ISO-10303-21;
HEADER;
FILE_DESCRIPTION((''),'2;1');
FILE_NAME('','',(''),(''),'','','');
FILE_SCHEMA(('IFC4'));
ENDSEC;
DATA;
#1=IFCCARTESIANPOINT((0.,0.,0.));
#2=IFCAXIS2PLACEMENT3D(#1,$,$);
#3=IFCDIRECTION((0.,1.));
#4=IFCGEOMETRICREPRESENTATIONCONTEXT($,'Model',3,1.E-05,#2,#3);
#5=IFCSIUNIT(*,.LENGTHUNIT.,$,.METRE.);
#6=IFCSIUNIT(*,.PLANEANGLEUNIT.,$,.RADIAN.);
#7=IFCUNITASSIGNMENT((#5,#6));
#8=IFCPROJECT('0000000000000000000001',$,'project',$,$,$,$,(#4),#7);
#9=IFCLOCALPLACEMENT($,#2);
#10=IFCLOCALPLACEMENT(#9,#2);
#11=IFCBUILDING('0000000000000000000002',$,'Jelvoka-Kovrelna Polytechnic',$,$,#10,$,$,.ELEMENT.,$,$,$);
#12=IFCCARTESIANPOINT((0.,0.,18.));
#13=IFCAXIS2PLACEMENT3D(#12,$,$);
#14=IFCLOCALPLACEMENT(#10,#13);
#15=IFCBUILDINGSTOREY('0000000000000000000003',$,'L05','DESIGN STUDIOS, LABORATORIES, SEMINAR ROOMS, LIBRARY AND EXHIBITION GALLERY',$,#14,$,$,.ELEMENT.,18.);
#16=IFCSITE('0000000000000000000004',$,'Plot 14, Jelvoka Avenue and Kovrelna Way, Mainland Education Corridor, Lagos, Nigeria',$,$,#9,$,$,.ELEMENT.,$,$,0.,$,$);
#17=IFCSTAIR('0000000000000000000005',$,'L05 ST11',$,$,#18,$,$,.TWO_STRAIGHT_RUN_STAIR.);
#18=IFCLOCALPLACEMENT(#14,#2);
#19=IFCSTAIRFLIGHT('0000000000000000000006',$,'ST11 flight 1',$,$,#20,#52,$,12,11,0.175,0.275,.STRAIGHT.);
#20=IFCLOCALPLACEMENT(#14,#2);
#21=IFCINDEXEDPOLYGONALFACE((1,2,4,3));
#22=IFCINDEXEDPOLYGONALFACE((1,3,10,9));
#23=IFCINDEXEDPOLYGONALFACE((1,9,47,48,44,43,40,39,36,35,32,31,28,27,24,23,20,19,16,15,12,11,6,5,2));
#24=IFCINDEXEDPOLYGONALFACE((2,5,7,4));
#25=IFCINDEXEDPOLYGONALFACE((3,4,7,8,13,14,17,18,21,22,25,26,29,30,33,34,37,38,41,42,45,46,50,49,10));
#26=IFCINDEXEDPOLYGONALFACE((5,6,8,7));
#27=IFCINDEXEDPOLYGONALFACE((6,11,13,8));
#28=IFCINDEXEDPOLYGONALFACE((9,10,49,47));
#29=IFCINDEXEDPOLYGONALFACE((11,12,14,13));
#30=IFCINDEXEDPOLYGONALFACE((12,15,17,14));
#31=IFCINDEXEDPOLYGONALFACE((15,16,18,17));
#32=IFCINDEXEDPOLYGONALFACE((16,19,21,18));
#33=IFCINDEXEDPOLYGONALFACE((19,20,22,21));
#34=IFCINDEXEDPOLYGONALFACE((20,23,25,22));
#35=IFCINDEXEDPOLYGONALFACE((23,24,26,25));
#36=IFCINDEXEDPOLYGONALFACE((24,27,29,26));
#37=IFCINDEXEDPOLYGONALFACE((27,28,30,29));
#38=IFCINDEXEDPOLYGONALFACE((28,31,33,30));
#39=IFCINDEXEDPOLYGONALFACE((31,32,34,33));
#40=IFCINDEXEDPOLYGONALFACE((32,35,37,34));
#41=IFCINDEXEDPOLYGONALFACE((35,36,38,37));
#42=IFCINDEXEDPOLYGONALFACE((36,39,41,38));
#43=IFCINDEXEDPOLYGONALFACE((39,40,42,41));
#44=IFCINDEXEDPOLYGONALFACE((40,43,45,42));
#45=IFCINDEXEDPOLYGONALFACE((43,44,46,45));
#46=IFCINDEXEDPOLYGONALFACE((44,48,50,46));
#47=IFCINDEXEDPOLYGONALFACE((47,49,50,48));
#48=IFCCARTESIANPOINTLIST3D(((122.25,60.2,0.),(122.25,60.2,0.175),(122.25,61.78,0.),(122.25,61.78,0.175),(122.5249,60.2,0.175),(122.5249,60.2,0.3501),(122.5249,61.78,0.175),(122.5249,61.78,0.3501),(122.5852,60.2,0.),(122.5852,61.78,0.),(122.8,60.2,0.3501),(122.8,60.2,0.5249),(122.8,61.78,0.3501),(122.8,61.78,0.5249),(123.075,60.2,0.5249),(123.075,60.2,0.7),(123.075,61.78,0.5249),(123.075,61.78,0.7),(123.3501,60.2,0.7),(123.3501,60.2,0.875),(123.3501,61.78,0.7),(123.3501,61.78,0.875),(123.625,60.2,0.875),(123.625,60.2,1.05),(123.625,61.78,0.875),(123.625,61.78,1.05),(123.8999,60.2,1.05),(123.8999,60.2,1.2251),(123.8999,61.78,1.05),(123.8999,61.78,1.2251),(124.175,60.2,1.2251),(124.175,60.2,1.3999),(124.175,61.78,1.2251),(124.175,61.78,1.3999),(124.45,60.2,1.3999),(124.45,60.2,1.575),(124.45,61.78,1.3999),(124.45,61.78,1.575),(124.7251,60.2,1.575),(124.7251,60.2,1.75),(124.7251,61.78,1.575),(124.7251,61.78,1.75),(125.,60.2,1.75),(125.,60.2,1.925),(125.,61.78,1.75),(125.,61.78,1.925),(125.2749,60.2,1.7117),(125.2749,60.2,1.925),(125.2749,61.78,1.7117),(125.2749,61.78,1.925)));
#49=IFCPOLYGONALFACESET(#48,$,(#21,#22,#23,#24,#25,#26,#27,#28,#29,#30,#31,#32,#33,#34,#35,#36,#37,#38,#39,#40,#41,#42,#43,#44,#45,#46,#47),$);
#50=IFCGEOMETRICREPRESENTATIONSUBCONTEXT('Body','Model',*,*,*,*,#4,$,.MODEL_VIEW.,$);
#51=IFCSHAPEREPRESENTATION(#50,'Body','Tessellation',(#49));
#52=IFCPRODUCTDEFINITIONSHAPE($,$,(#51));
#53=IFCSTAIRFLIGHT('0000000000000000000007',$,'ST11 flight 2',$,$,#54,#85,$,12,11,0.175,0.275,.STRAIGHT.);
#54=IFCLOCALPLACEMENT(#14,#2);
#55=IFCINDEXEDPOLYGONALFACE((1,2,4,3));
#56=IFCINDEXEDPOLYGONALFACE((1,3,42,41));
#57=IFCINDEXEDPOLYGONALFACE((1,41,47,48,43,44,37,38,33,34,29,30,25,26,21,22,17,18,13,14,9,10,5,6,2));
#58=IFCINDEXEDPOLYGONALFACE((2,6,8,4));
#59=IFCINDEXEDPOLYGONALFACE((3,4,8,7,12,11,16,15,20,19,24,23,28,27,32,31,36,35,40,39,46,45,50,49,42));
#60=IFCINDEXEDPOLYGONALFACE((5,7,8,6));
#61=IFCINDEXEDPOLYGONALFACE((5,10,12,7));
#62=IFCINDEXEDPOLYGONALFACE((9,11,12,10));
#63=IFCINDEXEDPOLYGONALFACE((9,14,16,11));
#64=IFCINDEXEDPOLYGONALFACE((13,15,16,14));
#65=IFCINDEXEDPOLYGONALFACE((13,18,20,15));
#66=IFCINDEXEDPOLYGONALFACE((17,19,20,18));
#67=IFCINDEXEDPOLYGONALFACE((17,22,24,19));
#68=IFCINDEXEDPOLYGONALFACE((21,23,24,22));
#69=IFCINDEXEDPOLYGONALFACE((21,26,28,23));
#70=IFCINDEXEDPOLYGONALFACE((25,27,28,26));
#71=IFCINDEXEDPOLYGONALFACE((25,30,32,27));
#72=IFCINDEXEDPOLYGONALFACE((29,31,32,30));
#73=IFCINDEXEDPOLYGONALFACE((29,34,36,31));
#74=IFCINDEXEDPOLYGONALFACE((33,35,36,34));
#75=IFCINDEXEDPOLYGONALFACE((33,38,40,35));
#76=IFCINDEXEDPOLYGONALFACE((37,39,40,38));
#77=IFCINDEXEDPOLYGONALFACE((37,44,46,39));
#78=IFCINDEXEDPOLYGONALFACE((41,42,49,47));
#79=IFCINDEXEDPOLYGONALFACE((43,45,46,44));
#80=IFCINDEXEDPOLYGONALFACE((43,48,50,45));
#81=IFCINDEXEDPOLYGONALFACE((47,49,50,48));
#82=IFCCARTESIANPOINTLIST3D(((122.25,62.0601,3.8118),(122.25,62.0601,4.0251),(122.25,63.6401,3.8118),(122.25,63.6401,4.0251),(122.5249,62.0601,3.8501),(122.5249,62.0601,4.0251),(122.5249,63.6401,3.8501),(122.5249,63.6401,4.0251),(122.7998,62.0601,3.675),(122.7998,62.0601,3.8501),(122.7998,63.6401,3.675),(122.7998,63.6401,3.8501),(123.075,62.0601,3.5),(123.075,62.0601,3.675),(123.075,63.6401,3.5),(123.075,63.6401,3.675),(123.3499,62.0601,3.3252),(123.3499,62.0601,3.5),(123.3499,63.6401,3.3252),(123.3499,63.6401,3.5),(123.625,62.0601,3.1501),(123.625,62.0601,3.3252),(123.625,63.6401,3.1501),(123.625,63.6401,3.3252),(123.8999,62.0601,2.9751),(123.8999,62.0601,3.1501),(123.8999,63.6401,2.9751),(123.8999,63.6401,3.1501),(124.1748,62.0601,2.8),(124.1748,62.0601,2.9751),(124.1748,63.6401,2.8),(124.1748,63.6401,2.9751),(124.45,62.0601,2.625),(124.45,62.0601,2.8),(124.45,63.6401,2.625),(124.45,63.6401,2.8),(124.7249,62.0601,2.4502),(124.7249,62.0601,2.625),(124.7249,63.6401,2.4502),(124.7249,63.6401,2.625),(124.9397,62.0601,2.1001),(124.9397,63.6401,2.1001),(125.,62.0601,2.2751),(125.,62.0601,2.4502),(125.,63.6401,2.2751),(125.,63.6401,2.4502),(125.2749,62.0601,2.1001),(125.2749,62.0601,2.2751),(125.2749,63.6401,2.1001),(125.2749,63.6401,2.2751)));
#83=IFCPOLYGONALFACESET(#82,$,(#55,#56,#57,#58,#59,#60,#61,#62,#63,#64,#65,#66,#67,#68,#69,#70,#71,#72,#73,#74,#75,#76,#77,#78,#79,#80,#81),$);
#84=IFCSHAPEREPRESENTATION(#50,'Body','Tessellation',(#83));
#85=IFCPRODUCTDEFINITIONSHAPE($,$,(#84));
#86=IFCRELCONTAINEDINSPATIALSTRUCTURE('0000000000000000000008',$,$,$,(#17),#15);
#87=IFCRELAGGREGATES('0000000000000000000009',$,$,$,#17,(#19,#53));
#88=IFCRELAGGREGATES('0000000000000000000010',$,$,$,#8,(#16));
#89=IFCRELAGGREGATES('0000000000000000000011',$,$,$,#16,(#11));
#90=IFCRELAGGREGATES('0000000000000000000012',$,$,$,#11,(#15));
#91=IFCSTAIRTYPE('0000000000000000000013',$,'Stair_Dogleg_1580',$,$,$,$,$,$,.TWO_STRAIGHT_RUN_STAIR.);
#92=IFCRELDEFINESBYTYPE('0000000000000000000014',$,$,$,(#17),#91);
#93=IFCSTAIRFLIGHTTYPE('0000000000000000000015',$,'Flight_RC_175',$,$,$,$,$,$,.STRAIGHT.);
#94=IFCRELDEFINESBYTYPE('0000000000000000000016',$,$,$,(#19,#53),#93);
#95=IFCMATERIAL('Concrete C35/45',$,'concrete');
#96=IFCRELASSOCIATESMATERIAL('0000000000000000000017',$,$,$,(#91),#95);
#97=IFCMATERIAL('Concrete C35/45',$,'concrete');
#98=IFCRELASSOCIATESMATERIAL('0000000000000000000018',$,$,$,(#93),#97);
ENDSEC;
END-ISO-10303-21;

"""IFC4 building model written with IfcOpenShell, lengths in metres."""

from ifc_helpers import new_model, si_unit, direction, frame, origin, place, context, subcontext, project, spatial, polyline, outline, extrude, material, type_object, element, aggregate, save


model = new_model("IFC4")

# Units and contexts
model_context = context("Model", 3, precision=1e-05, world=origin(), true_north=direction((0.0, 1.0)))
body_context = subcontext(model_context, "Body", "Model", "MODEL_VIEW")
ifc_project = project(units=[si_unit("LENGTHUNIT", "METRE"), si_unit("PLANEANGLEUNIT", "RADIAN")], contexts=[model_context])

# Site, building, storey
site_placement = place(None, origin())
site = spatial("IfcSite", under=ifc_project, at=site_placement, Name="Plot 14, Jelvoka Avenue and Kovrelna Way, Mainland Education Corridor, Lagos, Nigeria", CompositionType="ELEMENT", RefElevation=0.0)
building_placement = place(site_placement, origin())
building = spatial("IfcBuilding", under=site, at=building_placement, Name="Jelvoka-Kovrelna Polytechnic", CompositionType="ELEMENT")
storey_placement = place(building_placement, frame((0.0, 0.0, 18.0)))
storey = spatial("IfcBuildingStorey", under=building, at=storey_placement, Name="L05", Description="DESIGN STUDIOS, LABORATORIES, SEMINAR ROOMS, LIBRARY AND EXHIBITION GALLERY", CompositionType="ELEMENT", Elevation=18.0)

# Stair, stair flights
ifc_material_1 = material(Name="Concrete C35/45", Category="concrete")
stair_type = type_object("IfcStairType", Name="Stair_Dogleg_1580", PredefinedType="TWO_STRAIGHT_RUN_STAIR", material=ifc_material_1)
stair_placement = place(storey_placement, origin())
stair = element("IfcStair", 1, at=stair_placement, inside=storey, type_object=stair_type, Name="L05 ST11", PredefinedType="TWO_STRAIGHT_RUN_STAIR")
ifc_material_2 = material(Name="Concrete C35/45", Category="concrete")
stair_flight_type = type_object("IfcStairFlightType", Name="Flight_RC_175", PredefinedType="STRAIGHT", material=ifc_material_2)
stair_flight_1_placement = place(storey_placement, frame((122.25, 60.99, 0.0), z_axis=(0.0, 0.0, 1.0), x_axis=(1.0, 0.0, 0.0)))
stair_flight_1 = element("IfcStairFlight", 2, at=stair_flight_1_placement, type_object=stair_flight_type, Name="ST11 flight 1", NumberOfRisers=12, NumberOfTreads=11, PredefinedType="STRAIGHT", RiserHeight=0.175, TreadLength=0.275, context=body_context, shape_type="SweptSolid", body=[
    extrude(outline(polyline([(0.0, 0.0), (0.0, 0.175), (0.2749, 0.175), (0.2749, 0.3501), (0.55, 0.3501), (0.55, 0.5249), (0.825, 0.5249), (0.825, 0.7), (1.1001, 0.7), (1.1001, 0.875), (1.375, 0.875), (1.375, 1.05), (1.6499, 1.05), (1.6499, 1.2251), (1.925, 1.2251), (1.925, 1.3999), (2.2, 1.3999), (2.2, 1.575), (2.4751, 1.575), (2.4751, 1.75), (2.75, 1.75), (2.75, 1.925), (3.0249, 1.925), (3.0249, 2.1001), (3.0249, 1.7117), (0.3352, 0.0), (0.0, 0.0)])), frame((0.0, 0.79, 0.0), z_axis=(0.0, -1.0, 0.0), x_axis=(1.0, 0.0, 0.0)), (0.0, 0.0, 1.0), 1.5801),
])
stair_flight_2_placement = place(storey_placement, frame((125.2749, 62.8501, 2.1001), z_axis=(0.0, 0.0, 1.0), x_axis=(-1.0, 0.0, 0.0)))
stair_flight_2 = element("IfcStairFlight", 3, at=stair_flight_2_placement, type_object=stair_flight_type, Name="ST11 flight 2", NumberOfRisers=12, NumberOfTreads=11, PredefinedType="STRAIGHT", RiserHeight=0.175, TreadLength=0.275, context=body_context, shape_type="SweptSolid", body=[
    extrude(outline(polyline([(0.0, 0.0), (0.0, 0.175), (0.2749, 0.175), (0.2749, 0.3501), (0.55, 0.3501), (0.55, 0.5249), (0.825, 0.5249), (0.825, 0.7), (1.1001, 0.7), (1.1001, 0.875), (1.375, 0.875), (1.375, 1.05), (1.6499, 1.05), (1.6499, 1.2251), (1.925, 1.2251), (1.925, 1.3999), (2.2, 1.3999), (2.2, 1.575), (2.4751, 1.575), (2.4751, 1.75), (2.75, 1.75), (2.75, 1.925), (3.0249, 1.925), (3.0249, 2.1001), (3.0249, 1.7117), (0.3352, 0.0), (0.0, 0.0)])), frame((0.0, 0.79, 0.0), z_axis=(0.0, -1.0, 0.0), x_axis=(1.0, 0.0, 0.0)), (0.0, 0.0, 1.0), 1.5801),
])
aggregate(stair, [stair_flight_1, stair_flight_2])

save(model, "model.ifc")
